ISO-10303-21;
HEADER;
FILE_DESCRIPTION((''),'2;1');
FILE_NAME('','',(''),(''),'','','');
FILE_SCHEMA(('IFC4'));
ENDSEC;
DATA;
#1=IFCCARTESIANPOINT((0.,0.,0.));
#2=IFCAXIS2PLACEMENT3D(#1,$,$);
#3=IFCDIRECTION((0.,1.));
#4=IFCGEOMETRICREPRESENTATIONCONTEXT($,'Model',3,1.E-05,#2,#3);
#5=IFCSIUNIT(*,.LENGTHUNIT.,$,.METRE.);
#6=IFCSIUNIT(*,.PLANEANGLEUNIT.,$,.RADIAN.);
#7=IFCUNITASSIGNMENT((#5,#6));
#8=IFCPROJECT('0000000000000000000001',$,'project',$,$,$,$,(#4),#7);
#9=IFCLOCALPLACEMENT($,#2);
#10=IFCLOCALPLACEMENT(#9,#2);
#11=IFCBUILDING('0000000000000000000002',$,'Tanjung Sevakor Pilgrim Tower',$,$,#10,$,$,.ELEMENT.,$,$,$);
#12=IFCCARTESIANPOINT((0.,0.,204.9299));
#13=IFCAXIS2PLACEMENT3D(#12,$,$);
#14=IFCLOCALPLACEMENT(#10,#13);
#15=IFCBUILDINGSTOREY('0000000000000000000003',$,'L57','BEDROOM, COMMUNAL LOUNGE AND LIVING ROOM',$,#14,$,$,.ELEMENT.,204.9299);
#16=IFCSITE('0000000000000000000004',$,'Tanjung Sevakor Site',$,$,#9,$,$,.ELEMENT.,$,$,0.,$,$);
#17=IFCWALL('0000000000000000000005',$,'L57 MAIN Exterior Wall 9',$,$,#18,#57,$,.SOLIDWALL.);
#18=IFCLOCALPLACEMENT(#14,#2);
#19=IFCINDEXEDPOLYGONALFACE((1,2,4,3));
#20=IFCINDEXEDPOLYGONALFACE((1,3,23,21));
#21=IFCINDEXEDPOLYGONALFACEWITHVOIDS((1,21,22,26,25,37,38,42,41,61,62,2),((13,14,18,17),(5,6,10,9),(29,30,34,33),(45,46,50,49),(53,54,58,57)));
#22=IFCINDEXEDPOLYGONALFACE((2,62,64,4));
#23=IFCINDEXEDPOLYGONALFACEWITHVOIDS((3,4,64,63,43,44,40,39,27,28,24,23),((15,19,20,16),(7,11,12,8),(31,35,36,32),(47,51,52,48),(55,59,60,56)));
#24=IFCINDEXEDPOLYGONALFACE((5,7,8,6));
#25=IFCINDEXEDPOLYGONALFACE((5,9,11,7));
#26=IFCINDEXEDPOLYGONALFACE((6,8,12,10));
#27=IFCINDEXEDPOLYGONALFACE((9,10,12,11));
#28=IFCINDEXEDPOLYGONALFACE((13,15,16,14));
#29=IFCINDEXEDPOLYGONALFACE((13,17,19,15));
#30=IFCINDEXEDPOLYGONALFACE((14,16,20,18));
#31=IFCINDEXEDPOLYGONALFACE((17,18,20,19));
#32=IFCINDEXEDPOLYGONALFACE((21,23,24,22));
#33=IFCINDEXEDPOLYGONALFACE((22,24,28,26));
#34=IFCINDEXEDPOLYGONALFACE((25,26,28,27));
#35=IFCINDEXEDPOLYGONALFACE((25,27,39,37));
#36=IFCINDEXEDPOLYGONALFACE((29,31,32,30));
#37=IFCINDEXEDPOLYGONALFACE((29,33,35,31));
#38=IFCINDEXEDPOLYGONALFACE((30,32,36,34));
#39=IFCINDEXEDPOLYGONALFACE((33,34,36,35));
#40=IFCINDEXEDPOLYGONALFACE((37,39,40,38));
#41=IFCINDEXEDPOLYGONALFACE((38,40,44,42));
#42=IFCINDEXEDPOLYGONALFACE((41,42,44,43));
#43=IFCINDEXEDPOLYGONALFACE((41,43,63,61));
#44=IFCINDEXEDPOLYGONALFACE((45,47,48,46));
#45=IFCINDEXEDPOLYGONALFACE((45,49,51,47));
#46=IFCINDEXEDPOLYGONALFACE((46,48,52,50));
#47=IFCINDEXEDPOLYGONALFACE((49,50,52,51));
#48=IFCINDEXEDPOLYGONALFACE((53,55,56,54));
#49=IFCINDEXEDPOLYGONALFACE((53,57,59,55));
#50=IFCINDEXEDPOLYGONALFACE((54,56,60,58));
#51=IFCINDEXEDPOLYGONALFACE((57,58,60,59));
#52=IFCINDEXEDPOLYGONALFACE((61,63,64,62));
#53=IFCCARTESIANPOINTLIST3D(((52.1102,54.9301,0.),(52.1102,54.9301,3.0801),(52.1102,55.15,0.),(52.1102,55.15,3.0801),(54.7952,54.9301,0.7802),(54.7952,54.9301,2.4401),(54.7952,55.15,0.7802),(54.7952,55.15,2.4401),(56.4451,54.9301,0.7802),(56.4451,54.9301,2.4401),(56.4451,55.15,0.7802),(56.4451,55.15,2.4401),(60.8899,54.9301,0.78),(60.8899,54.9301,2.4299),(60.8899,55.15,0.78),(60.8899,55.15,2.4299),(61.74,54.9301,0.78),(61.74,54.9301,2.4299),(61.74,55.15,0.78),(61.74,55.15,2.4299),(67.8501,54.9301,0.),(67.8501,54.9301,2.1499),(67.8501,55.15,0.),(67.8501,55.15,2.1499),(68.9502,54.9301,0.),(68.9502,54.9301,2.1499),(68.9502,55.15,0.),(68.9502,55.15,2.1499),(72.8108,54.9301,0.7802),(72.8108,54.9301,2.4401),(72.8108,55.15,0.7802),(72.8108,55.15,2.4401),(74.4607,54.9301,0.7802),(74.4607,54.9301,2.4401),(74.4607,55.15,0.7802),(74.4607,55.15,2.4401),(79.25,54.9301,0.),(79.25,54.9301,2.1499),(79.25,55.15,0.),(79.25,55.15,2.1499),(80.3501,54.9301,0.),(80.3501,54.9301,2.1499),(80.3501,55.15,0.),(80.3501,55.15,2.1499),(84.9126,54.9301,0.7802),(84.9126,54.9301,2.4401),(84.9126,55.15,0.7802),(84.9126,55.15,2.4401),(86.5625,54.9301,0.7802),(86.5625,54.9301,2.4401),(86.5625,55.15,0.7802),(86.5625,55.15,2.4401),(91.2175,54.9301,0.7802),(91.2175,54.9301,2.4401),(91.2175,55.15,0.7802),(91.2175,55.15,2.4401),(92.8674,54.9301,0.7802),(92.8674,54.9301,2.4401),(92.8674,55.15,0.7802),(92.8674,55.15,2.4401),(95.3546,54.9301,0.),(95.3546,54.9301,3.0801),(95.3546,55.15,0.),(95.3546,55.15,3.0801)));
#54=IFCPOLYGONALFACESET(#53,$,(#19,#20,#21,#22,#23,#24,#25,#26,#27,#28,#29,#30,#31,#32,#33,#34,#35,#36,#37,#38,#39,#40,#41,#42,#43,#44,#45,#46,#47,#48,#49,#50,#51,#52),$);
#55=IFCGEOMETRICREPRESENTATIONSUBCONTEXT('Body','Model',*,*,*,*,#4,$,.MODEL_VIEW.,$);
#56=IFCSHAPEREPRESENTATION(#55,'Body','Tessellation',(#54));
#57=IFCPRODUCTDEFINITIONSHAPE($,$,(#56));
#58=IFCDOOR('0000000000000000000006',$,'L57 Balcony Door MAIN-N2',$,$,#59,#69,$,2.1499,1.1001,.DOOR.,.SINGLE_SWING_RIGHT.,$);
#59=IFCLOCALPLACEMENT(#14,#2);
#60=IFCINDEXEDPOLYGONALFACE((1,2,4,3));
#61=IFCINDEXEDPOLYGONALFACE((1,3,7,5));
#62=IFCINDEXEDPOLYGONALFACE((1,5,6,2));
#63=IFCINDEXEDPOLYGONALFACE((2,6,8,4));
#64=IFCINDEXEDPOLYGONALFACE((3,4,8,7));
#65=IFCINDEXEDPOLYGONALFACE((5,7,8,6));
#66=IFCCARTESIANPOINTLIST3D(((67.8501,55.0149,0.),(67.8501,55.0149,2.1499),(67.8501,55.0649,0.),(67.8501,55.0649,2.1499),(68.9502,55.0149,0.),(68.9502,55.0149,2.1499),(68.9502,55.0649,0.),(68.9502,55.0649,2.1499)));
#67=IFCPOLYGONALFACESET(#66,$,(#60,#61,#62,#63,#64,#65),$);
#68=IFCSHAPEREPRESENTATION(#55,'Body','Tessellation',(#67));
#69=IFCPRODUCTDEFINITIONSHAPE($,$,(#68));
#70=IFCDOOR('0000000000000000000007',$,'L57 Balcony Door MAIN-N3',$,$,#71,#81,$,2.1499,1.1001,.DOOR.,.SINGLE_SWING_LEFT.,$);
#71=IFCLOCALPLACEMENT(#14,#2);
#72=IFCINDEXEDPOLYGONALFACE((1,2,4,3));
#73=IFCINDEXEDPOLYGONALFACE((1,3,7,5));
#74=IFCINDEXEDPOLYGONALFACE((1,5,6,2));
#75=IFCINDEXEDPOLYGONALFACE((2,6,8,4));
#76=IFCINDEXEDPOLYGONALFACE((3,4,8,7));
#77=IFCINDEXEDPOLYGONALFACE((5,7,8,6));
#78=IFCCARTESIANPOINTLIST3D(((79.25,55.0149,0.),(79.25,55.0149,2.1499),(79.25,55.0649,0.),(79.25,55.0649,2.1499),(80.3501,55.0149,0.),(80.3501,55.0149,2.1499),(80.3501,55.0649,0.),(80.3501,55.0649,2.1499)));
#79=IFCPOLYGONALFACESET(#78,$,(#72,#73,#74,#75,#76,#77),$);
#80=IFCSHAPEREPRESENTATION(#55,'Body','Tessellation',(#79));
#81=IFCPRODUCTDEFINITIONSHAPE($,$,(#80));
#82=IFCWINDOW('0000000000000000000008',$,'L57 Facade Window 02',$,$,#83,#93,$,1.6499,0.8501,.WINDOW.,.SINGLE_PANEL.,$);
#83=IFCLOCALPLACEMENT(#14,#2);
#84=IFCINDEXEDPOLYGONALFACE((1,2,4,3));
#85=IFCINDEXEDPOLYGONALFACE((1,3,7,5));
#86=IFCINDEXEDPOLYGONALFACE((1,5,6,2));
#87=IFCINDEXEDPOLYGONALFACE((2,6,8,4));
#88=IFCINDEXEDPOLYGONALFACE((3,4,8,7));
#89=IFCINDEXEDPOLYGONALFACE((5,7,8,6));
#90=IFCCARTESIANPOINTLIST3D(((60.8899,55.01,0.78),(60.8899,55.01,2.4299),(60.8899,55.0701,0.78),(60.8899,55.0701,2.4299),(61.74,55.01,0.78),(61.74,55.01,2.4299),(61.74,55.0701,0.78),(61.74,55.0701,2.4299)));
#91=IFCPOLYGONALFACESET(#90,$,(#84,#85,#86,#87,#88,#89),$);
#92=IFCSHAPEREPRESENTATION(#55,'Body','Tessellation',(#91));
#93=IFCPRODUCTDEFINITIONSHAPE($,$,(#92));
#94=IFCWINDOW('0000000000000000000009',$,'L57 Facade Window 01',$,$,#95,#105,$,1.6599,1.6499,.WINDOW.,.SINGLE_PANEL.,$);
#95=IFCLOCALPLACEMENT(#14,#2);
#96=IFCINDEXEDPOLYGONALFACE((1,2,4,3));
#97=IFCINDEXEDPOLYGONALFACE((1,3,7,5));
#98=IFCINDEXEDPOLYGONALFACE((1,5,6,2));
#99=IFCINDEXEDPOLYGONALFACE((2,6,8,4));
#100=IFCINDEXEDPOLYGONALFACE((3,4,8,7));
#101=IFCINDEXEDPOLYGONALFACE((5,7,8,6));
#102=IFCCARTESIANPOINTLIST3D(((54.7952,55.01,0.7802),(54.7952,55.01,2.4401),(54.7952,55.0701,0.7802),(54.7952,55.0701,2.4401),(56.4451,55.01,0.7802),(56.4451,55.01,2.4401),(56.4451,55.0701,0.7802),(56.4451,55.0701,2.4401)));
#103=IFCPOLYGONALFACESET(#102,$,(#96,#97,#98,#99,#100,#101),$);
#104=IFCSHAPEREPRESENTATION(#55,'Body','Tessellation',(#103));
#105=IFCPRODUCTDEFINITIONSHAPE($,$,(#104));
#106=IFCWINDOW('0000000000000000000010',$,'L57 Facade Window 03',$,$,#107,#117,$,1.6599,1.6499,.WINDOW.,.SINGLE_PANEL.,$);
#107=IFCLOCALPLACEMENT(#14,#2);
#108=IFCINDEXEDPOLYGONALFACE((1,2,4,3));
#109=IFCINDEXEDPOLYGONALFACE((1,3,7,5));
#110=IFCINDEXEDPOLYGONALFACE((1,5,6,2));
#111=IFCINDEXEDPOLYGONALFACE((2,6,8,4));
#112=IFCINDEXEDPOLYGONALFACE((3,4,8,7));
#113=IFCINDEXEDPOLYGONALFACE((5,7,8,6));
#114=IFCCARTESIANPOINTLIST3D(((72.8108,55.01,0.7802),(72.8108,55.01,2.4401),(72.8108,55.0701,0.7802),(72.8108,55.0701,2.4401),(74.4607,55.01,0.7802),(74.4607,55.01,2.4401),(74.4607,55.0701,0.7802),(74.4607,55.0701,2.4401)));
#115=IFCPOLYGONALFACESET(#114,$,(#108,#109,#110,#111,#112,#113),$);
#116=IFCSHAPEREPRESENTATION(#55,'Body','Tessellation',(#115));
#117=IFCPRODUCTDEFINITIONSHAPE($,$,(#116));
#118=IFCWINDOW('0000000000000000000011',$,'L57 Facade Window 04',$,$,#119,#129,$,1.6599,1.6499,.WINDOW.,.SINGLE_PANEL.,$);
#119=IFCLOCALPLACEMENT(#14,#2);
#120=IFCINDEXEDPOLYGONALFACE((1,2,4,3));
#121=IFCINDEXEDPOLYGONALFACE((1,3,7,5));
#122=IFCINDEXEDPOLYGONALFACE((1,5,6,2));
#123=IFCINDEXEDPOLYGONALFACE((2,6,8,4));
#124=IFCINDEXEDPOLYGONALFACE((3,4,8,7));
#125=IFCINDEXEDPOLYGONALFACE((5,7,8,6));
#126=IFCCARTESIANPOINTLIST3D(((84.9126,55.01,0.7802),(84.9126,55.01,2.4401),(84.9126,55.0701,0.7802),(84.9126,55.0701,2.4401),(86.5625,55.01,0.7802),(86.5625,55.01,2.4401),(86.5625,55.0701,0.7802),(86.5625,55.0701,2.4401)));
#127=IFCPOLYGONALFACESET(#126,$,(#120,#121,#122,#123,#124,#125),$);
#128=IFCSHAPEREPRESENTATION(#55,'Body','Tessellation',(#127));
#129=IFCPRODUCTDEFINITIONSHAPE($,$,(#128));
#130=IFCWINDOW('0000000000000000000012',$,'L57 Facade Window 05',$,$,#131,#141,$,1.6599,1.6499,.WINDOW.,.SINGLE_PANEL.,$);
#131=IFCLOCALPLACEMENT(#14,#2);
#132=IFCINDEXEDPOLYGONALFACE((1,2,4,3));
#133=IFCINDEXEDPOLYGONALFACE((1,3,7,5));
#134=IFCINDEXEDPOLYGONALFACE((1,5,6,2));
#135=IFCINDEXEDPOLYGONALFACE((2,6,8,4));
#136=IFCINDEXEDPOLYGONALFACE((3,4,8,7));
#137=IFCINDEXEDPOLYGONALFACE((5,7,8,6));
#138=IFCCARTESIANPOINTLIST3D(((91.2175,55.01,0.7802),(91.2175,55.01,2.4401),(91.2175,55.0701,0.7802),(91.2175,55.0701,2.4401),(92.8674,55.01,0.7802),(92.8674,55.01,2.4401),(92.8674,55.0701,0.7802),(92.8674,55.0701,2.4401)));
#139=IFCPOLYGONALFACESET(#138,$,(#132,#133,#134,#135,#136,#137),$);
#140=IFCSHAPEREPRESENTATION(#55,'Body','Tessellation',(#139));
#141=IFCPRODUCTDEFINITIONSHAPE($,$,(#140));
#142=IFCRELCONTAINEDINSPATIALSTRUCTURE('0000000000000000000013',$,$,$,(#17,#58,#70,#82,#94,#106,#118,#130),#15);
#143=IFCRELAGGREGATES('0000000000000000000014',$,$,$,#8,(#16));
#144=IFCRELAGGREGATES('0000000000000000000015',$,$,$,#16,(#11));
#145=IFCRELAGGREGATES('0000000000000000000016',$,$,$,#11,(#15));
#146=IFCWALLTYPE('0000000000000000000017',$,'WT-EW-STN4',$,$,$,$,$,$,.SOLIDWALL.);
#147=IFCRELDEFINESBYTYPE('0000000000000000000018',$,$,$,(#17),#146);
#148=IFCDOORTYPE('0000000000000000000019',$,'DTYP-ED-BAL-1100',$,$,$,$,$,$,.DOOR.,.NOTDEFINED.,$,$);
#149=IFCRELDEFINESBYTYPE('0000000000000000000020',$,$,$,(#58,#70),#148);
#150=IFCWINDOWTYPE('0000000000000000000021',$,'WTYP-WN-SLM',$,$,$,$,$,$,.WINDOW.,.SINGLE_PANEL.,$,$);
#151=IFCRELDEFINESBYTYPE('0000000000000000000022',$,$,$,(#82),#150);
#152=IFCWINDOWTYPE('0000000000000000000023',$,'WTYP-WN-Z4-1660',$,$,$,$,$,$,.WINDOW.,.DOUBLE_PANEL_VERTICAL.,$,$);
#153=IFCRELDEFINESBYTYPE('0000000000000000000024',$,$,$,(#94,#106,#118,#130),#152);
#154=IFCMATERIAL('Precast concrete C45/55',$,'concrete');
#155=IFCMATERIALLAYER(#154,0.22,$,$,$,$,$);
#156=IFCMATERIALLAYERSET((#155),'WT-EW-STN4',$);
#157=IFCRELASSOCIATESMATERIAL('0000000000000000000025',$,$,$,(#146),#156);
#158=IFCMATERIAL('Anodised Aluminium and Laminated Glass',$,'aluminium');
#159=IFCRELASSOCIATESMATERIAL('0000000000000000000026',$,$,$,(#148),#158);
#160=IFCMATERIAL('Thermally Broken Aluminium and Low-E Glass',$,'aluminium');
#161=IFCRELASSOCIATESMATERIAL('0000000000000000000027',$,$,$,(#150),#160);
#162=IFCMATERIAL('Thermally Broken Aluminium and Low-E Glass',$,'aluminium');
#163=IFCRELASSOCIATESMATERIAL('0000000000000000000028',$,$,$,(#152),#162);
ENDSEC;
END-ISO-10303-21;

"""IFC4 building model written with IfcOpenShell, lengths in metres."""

from ifc_helpers import new_model, si_unit, direction, frame, frame_2d, origin, place, context, subcontext, project, spatial, rectangle, extrude, material, layer, layer_set, type_object, element, fill, save


model = new_model("IFC4")

# Units and contexts
model_context = context("Model", 3, precision=1e-05, world=origin(), true_north=direction((0.0, 1.0)))
body_context = subcontext(model_context, "Body", "Model", "MODEL_VIEW")
ifc_project = project(units=[si_unit("LENGTHUNIT", "METRE"), si_unit("PLANEANGLEUNIT", "RADIAN")], contexts=[model_context])

# Site, building, storey
site_placement = place(None, origin())
site = spatial("IfcSite", under=ifc_project, at=site_placement, Name="Tanjung Sevakor Site", CompositionType="ELEMENT", RefElevation=0.0)
building_placement = place(site_placement, origin())
building = spatial("IfcBuilding", under=site, at=building_placement, Name="Tanjung Sevakor Pilgrim Tower", CompositionType="ELEMENT")
storey_placement = place(building_placement, frame((0.0, 0.0, 204.9299)))
storey = spatial("IfcBuildingStorey", under=building, at=storey_placement, Name="L57", Description="BEDROOM, COMMUNAL LOUNGE AND LIVING ROOM", CompositionType="ELEMENT", Elevation=204.9299)

# Wall, openings, doors, windows
ifc_material_1 = material(Name="Precast concrete C45/55", Category="concrete")
ifc_layer_1 = layer(ifc_material_1, 0.22)
ifc_layer_set_1 = layer_set([ifc_layer_1], Name="WT-EW-STN4")
wall_type_1 = type_object("IfcWallType", Name="WT-EW-STN4", PredefinedType="SOLIDWALL", material=ifc_layer_set_1)
wall_1_placement = place(storey_placement, frame((95.3545, 55.04, 0.0), z_axis=(0.0, 0.0, 1.0), x_axis=(-1.0, 0.0, 0.0)))
wall_1 = element("IfcWall", 1, at=wall_1_placement, inside=storey, type_object=wall_type_1, Name="L57 MAIN Exterior Wall 9", PredefinedType="SOLIDWALL", context=body_context, shape_type="SweptSolid", body=[
    extrude(rectangle(XDim=43.2444, YDim=0.22, at=frame_2d((21.6221, 0.0))), origin(), (0.0, 0.0, 1.0), 3.0801),
])
opening_1_placement = place(wall_1_placement, frame((26.4043, 0.0, 0.0)))
opening_1 = element("IfcOpeningElement", 2, at=opening_1_placement, cuts=wall_1, PredefinedType="OPENING", context=body_context, shape_type="SweptSolid", body=[
    extrude(rectangle(XDim=1.1001, YDim=2.1499, at=frame_2d((0.55, 1.075))), frame((0.0, 0.1199, 0.0), z_axis=(0.0, -1.0, 0.0), x_axis=(1.0, 0.0, 0.0)), (0.0, 0.0, 1.0), 0.24),
])
opening_2_placement = place(wall_1_placement, frame((15.0044, 0.0, 0.0)))
opening_2 = element("IfcOpeningElement", 3, at=opening_2_placement, cuts=wall_1, PredefinedType="OPENING", context=body_context, shape_type="SweptSolid", body=[
    extrude(rectangle(XDim=1.1001, YDim=2.1499, at=frame_2d((0.55, 1.075))), frame((0.0, 0.1199, 0.0), z_axis=(0.0, -1.0, 0.0), x_axis=(1.0, 0.0, 0.0)), (0.0, 0.0, 1.0), 0.24),
])
opening_3_placement = place(wall_1_placement, frame((38.9094, 0.0, 0.78)))
opening_3 = element("IfcOpeningElement", 4, at=opening_3_placement, cuts=wall_1, PredefinedType="OPENING", context=body_context, shape_type="SweptSolid", body=[
    extrude(rectangle(XDim=1.6499, YDim=1.6599, at=frame_2d((0.825, 0.8301))), frame((0.0, 0.1199, 0.0), z_axis=(0.0, -1.0, 0.0), x_axis=(1.0, 0.0, 0.0)), (0.0, 0.0, 1.0), 0.24),
])
opening_4_placement = place(wall_1_placement, frame((33.6145, 0.0, 0.78)))
opening_4 = element("IfcOpeningElement", 5, at=opening_4_placement, cuts=wall_1, PredefinedType="OPENING", context=body_context, shape_type="SweptSolid", body=[
    extrude(rectangle(XDim=0.8501, YDim=1.6499, at=frame_2d((0.425, 0.825))), frame((0.0, 0.1199, 0.0), z_axis=(0.0, -1.0, 0.0), x_axis=(1.0, 0.0, 0.0)), (0.0, 0.0, 1.0), 0.24),
])
opening_5_placement = place(wall_1_placement, frame((20.8938, 0.0, 0.78)))
opening_5 = element("IfcOpeningElement", 6, at=opening_5_placement, cuts=wall_1, PredefinedType="OPENING", context=body_context, shape_type="SweptSolid", body=[
    extrude(rectangle(XDim=1.6499, YDim=1.6599, at=frame_2d((0.825, 0.8301))), frame((0.0, 0.1199, 0.0), z_axis=(0.0, -1.0, 0.0), x_axis=(1.0, 0.0, 0.0)), (0.0, 0.0, 1.0), 0.24),
])
opening_6_placement = place(wall_1_placement, frame((8.792, 0.0, 0.78)))
opening_6 = element("IfcOpeningElement", 7, at=opening_6_placement, cuts=wall_1, PredefinedType="OPENING", context=body_context, shape_type="SweptSolid", body=[
    extrude(rectangle(XDim=1.6499, YDim=1.6599, at=frame_2d((0.825, 0.8301))), frame((0.0, 0.1199, 0.0), z_axis=(0.0, -1.0, 0.0), x_axis=(1.0, 0.0, 0.0)), (0.0, 0.0, 1.0), 0.24),
])
opening_7_placement = place(wall_1_placement, frame((2.4871, 0.0, 0.78)))
opening_7 = element("IfcOpeningElement", 8, at=opening_7_placement, cuts=wall_1, PredefinedType="OPENING", context=body_context, shape_type="SweptSolid", body=[
    extrude(rectangle(XDim=1.6499, YDim=1.6599, at=frame_2d((0.825, 0.8301))), frame((0.0, 0.1199, 0.0), z_axis=(0.0, -1.0, 0.0), x_axis=(1.0, 0.0, 0.0)), (0.0, 0.0, 1.0), 0.24),
])
ifc_material_2 = material(Name="Anodised Aluminium and Laminated Glass", Category="aluminium")
door_type_1 = type_object("IfcDoorType", Name="DTYP-ED-BAL-1100", OperationType="NOTDEFINED", PredefinedType="DOOR", material=ifc_material_2)
door_1_placement = place(opening_1_placement, frame((1.1001, 0.0, 0.0), z_axis=(0.0, 0.0, 1.0), x_axis=(-1.0, 0.0, 0.0)))
door_1 = element("IfcDoor", 9, at=door_1_placement, inside=storey, type_object=door_type_1, Name="L57 Balcony Door MAIN-N2", OperationType="SINGLE_SWING_RIGHT", OverallHeight=2.1499, OverallWidth=1.1001, PredefinedType="DOOR", context=body_context, shape_type="SweptSolid", body=[
    extrude(rectangle(XDim=1.1001, YDim=2.1499, at=frame_2d((0.55, 1.075))), frame((0.0, 0.0249, 0.0), z_axis=(0.0, -1.0, 0.0), x_axis=(1.0, 0.0, 0.0)), (0.0, 0.0, 1.0), 0.05),
])
fill(opening_1, door_1)
door_2_placement = place(opening_2_placement, frame((1.1001, 0.0, 0.0), z_axis=(0.0, 0.0, 1.0), x_axis=(-1.0, 0.0, 0.0)))
door_2 = element("IfcDoor", 10, at=door_2_placement, inside=storey, type_object=door_type_1, Name="L57 Balcony Door MAIN-N3", OperationType="SINGLE_SWING_LEFT", OverallHeight=2.1499, OverallWidth=1.1001, PredefinedType="DOOR", context=body_context, shape_type="SweptSolid", body=[
    extrude(rectangle(XDim=1.1001, YDim=2.1499, at=frame_2d((0.55, 1.075))), frame((0.0, 0.0249, 0.0), z_axis=(0.0, -1.0, 0.0), x_axis=(1.0, 0.0, 0.0)), (0.0, 0.0, 1.0), 0.05),
])
fill(opening_2, door_2)
ifc_material_3 = material(Name="Thermally Broken Aluminium and Low-E Glass", Category="aluminium")
window_type_1 = type_object("IfcWindowType", Name="WTYP-WN-SLM", PartitioningType="SINGLE_PANEL", PredefinedType="WINDOW", material=ifc_material_3)
window_1_placement = place(opening_4_placement, origin())
window_1 = element("IfcWindow", 11, at=window_1_placement, inside=storey, type_object=window_type_1, Name="L57 Facade Window 02", OverallHeight=1.6499, OverallWidth=0.8501, PartitioningType="SINGLE_PANEL", PredefinedType="WINDOW", context=body_context, shape_type="SweptSolid", body=[
    extrude(rectangle(XDim=0.8501, YDim=1.6499, at=frame_2d((0.425, 0.825))), frame((0.0, 0.03, 0.0), z_axis=(0.0, -1.0, 0.0), x_axis=(1.0, 0.0, 0.0)), (0.0, 0.0, 1.0), 0.0601),
])
fill(opening_4, window_1)
ifc_material_4 = material(Name="Thermally Broken Aluminium and Low-E Glass", Category="aluminium")
window_type_2 = type_object("IfcWindowType", Name="WTYP-WN-Z4-1660", PartitioningType="DOUBLE_PANEL_VERTICAL", PredefinedType="WINDOW", material=ifc_material_4)
window_2_placement = place(opening_3_placement, origin())
window_2 = element("IfcWindow", 12, at=window_2_placement, inside=storey, type_object=window_type_2, Name="L57 Facade Window 01", OverallHeight=1.6599, OverallWidth=1.6499, PartitioningType="SINGLE_PANEL", PredefinedType="WINDOW", context=body_context, shape_type="SweptSolid", body=[
    extrude(rectangle(XDim=1.6499, YDim=1.6599, at=frame_2d((0.825, 0.8301))), frame((0.0, 0.03, 0.0), z_axis=(0.0, -1.0, 0.0), x_axis=(1.0, 0.0, 0.0)), (0.0, 0.0, 1.0), 0.0601),
])
fill(opening_3, window_2)
window_3_placement = place(opening_5_placement, origin())
window_3 = element("IfcWindow", 13, at=window_3_placement, inside=storey, type_object=window_type_2, Name="L57 Facade Window 03", OverallHeight=1.6599, OverallWidth=1.6499, PartitioningType="SINGLE_PANEL", PredefinedType="WINDOW", context=body_context, shape_type="SweptSolid", body=[
    extrude(rectangle(XDim=1.6499, YDim=1.6599, at=frame_2d((0.825, 0.8301))), frame((0.0, 0.03, 0.0), z_axis=(0.0, -1.0, 0.0), x_axis=(1.0, 0.0, 0.0)), (0.0, 0.0, 1.0), 0.0601),
])
fill(opening_5, window_3)
window_4_placement = place(opening_6_placement, origin())
window_4 = element("IfcWindow", 14, at=window_4_placement, inside=storey, type_object=window_type_2, Name="L57 Facade Window 04", OverallHeight=1.6599, OverallWidth=1.6499, PartitioningType="SINGLE_PANEL", PredefinedType="WINDOW", context=body_context, shape_type="SweptSolid", body=[
    extrude(rectangle(XDim=1.6499, YDim=1.6599, at=frame_2d((0.825, 0.8301))), frame((0.0, 0.03, 0.0), z_axis=(0.0, -1.0, 0.0), x_axis=(1.0, 0.0, 0.0)), (0.0, 0.0, 1.0), 0.0601),
])
fill(opening_6, window_4)
window_5_placement = place(opening_7_placement, origin())
window_5 = element("IfcWindow", 15, at=window_5_placement, inside=storey, type_object=window_type_2, Name="L57 Facade Window 05", OverallHeight=1.6599, OverallWidth=1.6499, PartitioningType="SINGLE_PANEL", PredefinedType="WINDOW", context=body_context, shape_type="SweptSolid", body=[
    extrude(rectangle(XDim=1.6499, YDim=1.6599, at=frame_2d((0.825, 0.8301))), frame((0.0, 0.03, 0.0), z_axis=(0.0, -1.0, 0.0), x_axis=(1.0, 0.0, 0.0)), (0.0, 0.0, 1.0), 0.0601),
])
fill(opening_7, window_5)

save(model, "model.ifc")
